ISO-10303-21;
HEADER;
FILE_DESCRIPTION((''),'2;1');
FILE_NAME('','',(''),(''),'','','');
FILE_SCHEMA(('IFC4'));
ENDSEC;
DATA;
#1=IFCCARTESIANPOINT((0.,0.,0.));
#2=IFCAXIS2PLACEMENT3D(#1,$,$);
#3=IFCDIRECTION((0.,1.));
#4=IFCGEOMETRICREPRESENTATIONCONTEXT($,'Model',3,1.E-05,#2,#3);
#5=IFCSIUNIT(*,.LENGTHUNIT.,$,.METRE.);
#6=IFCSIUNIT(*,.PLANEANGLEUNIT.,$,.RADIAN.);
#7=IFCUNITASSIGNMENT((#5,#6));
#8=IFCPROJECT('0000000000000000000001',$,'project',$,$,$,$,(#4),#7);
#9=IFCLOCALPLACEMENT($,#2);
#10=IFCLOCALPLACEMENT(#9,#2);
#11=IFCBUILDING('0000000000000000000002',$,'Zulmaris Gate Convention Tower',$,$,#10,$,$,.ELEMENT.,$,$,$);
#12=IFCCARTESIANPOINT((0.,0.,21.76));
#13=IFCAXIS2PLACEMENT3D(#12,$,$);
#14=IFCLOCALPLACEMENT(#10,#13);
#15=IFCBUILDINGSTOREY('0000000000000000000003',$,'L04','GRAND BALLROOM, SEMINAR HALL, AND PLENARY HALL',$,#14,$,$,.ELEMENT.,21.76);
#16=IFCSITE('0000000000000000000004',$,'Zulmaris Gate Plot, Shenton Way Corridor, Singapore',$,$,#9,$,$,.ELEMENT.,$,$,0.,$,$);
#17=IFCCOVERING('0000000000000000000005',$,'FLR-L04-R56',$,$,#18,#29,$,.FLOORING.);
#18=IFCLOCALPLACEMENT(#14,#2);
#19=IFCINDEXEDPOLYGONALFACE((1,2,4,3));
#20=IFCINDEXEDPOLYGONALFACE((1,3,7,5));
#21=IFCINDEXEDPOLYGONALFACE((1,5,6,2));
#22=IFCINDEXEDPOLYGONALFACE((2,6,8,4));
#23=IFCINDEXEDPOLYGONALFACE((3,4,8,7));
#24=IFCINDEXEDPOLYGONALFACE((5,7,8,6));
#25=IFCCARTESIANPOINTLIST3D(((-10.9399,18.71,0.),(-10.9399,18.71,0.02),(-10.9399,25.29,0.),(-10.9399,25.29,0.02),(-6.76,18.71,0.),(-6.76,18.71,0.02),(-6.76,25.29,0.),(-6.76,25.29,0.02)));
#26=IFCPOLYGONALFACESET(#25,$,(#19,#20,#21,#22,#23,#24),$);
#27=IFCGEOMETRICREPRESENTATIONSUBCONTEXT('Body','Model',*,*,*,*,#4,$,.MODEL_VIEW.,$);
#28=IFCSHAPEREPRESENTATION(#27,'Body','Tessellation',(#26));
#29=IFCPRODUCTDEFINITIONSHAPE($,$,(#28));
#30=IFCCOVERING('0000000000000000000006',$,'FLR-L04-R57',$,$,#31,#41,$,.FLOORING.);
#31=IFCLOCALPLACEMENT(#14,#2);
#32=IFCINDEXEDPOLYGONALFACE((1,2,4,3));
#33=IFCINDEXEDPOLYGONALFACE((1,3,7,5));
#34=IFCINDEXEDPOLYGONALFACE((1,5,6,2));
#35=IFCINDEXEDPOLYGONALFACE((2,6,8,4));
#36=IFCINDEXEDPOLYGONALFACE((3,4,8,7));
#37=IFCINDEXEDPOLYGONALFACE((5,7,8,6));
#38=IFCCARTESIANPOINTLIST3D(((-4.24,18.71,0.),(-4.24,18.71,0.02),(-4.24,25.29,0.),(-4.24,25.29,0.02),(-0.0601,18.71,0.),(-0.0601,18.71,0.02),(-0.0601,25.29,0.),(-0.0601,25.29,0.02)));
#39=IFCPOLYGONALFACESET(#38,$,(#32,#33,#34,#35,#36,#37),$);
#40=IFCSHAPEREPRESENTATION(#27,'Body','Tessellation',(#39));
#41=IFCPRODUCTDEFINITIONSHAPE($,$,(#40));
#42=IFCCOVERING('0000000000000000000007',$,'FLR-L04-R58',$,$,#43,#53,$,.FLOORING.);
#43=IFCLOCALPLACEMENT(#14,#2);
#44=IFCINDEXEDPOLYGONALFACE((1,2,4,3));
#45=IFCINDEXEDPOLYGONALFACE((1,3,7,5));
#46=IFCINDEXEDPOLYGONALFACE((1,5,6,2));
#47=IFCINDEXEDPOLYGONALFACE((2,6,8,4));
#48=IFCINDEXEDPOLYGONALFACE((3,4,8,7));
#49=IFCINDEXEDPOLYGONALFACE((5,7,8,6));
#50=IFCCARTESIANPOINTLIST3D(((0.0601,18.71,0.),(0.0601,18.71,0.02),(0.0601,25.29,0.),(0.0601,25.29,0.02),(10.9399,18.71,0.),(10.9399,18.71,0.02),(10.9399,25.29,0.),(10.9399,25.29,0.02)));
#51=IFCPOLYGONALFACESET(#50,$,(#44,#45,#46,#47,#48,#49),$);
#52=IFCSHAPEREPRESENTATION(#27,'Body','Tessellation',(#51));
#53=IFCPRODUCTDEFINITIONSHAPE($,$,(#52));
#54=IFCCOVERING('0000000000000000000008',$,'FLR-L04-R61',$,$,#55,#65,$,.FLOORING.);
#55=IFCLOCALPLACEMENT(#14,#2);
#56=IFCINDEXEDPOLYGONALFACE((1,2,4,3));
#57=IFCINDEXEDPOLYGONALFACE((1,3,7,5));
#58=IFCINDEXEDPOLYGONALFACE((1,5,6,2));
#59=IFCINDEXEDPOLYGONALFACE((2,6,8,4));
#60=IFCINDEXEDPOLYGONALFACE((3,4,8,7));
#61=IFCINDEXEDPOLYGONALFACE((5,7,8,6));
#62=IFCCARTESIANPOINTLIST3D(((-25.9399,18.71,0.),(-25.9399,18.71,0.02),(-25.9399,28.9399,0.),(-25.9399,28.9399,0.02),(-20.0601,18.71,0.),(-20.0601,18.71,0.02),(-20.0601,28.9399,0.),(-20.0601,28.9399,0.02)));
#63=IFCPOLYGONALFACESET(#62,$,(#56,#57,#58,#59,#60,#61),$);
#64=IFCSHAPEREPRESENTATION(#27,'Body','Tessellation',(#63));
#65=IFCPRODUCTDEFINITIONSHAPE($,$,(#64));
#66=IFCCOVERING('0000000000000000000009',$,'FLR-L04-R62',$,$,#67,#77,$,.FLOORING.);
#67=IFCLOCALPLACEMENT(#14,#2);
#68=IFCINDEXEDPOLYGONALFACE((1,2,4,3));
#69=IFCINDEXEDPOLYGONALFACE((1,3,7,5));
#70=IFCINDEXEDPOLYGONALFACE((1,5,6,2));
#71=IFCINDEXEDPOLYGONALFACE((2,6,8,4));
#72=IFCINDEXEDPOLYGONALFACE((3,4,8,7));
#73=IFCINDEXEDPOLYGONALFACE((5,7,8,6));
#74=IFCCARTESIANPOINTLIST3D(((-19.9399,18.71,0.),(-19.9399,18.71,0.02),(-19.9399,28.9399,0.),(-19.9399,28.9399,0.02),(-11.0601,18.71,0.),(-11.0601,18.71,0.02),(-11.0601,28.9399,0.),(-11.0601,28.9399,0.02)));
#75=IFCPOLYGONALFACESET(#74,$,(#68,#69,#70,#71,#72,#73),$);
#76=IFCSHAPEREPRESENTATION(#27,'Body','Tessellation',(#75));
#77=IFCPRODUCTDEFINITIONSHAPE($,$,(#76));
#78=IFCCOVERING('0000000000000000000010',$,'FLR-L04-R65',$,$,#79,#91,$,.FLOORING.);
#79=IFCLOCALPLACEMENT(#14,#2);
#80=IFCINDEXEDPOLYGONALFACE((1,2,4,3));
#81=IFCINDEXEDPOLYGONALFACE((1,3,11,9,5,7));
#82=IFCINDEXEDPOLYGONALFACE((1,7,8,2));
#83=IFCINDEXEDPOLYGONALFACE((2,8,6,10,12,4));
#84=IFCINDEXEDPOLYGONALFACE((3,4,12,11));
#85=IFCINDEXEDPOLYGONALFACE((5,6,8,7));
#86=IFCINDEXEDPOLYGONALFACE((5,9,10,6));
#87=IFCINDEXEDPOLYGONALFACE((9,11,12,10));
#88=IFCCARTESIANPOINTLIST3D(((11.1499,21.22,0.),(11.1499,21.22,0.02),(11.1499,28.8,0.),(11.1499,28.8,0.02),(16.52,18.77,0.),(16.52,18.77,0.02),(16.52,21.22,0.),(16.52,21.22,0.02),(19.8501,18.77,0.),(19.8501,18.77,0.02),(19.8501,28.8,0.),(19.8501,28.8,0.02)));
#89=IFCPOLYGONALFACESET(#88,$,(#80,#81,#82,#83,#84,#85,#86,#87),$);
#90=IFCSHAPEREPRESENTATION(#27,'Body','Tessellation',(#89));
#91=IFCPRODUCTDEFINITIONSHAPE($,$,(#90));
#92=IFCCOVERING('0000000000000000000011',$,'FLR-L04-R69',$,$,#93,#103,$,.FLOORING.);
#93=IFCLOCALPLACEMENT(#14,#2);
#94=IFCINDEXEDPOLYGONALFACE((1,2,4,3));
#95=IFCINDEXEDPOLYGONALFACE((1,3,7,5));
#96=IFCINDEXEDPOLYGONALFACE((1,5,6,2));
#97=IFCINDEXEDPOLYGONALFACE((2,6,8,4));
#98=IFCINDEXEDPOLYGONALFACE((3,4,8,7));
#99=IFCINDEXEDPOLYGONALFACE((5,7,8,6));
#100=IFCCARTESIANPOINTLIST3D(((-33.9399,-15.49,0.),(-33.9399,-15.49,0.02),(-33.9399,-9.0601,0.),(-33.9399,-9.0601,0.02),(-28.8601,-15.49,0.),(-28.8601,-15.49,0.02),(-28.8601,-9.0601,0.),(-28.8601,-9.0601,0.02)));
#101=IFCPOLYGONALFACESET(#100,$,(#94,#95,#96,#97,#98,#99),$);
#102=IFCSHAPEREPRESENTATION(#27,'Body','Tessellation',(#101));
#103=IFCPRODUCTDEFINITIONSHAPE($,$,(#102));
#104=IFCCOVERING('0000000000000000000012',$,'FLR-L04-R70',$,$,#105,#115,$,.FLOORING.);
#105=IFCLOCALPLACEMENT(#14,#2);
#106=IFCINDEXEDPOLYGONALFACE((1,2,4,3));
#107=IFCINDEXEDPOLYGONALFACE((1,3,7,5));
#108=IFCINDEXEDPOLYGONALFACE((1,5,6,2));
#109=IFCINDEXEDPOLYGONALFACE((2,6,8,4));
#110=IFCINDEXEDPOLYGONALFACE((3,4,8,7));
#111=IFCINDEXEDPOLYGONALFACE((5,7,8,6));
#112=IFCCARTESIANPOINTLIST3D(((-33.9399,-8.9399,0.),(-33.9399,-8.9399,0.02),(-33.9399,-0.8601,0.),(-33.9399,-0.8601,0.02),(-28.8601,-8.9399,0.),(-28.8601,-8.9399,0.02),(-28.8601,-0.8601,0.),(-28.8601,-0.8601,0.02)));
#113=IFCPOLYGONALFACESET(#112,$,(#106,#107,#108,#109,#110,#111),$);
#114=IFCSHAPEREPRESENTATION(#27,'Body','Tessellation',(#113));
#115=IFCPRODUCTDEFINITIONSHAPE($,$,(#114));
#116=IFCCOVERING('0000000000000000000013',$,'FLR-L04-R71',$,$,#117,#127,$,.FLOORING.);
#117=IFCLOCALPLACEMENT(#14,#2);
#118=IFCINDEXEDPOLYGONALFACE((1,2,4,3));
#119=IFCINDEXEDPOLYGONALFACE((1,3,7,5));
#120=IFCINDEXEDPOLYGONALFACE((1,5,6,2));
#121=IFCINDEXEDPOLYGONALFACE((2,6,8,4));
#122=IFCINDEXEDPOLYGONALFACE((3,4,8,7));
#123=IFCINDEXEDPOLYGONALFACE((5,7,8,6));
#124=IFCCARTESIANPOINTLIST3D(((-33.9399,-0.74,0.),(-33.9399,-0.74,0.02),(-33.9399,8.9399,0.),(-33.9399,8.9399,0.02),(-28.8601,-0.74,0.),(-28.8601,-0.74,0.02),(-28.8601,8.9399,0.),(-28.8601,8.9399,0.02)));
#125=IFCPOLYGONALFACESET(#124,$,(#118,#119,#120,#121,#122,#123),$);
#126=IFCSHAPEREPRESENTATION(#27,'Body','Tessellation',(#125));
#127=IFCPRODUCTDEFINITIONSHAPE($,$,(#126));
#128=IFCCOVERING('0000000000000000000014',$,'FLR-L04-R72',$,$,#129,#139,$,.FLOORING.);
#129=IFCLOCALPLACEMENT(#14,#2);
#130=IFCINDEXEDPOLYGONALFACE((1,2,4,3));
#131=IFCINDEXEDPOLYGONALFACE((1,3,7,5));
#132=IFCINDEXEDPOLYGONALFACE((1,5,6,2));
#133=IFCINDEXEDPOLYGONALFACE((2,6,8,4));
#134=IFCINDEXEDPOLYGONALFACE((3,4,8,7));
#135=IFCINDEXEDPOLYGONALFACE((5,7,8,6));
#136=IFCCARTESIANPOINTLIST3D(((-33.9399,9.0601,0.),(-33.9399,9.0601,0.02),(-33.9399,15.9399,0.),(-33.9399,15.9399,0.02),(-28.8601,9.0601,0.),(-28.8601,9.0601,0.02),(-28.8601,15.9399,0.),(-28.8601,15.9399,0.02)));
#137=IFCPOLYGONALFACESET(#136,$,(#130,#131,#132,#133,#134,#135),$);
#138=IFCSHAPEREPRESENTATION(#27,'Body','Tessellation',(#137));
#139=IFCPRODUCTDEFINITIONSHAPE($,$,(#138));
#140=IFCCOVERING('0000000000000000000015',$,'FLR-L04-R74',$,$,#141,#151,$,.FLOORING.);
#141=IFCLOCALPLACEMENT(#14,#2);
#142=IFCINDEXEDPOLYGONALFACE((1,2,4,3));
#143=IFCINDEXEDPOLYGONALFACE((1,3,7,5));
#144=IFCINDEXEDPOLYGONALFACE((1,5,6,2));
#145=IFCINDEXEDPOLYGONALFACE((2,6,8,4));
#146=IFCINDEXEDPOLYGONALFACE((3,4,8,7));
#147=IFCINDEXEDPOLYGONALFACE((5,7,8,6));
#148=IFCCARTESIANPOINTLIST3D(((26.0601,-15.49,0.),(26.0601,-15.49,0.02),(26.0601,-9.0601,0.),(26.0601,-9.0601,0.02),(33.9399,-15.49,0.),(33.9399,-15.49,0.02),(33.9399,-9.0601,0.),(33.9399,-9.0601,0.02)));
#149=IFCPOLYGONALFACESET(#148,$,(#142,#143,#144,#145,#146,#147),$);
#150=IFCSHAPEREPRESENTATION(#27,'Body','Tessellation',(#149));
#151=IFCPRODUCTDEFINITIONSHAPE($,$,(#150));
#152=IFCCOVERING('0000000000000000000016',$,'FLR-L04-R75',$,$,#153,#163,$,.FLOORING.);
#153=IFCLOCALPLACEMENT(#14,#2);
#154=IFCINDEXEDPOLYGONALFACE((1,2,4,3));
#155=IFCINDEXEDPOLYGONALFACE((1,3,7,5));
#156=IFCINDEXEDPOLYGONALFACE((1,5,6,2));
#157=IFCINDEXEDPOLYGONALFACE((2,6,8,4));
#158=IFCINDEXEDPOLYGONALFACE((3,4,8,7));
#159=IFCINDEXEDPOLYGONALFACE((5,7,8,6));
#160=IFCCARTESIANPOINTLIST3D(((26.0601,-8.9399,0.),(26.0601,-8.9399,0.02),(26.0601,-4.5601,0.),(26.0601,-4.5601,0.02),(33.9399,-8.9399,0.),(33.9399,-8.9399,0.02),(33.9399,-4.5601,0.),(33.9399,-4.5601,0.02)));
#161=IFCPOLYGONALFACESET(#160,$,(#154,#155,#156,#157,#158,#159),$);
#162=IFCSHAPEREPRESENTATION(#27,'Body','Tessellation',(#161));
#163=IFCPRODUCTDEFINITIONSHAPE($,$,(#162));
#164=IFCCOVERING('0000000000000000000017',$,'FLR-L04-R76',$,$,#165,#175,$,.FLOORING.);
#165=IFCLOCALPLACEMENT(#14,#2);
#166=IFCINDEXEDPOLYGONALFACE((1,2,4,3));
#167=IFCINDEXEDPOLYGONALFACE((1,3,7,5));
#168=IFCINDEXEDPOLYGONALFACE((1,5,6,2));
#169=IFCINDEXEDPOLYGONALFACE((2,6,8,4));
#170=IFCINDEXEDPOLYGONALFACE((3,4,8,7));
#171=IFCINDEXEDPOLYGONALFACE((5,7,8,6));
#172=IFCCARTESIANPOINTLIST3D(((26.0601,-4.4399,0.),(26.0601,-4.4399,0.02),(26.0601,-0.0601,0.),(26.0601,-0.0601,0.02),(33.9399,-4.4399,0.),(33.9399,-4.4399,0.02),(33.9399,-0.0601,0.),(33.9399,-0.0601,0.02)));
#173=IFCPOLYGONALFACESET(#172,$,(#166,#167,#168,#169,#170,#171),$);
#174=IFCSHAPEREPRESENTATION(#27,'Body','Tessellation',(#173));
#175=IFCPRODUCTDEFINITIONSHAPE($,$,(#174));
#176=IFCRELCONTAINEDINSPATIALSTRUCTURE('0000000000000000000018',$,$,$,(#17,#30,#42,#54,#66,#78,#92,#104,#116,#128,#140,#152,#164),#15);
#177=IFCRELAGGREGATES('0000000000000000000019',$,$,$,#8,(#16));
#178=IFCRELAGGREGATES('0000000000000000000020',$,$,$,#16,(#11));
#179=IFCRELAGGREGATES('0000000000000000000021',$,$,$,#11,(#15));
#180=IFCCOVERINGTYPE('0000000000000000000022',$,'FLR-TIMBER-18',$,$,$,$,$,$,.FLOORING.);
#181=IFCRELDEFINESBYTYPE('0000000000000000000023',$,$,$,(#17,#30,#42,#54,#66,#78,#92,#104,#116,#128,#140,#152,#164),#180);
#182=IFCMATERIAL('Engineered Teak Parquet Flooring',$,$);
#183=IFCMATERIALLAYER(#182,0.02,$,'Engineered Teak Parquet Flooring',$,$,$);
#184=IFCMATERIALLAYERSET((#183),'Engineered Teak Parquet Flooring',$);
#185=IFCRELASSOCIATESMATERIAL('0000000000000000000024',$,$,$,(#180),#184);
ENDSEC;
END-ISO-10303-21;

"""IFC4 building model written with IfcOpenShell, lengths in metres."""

from ifc_helpers import new_model, si_unit, direction, frame, origin, place, context, subcontext, project, spatial, polyline, outline, extrude, material, layer, layer_set, type_object, element, save


model = new_model("IFC4")

# Units and contexts
model_context = context("Model", 3, precision=1e-05, world=origin(), true_north=direction((0.0, 1.0)))
body_context = subcontext(model_context, "Body", "Model", "MODEL_VIEW")
ifc_project = project(units=[si_unit("LENGTHUNIT", "METRE"), si_unit("PLANEANGLEUNIT", "RADIAN")], contexts=[model_context])

# Site, building, storey
site_placement = place(None, origin())
site = spatial("IfcSite", under=ifc_project, at=site_placement, Name="Zulmaris Gate Plot, Shenton Way Corridor, Singapore", CompositionType="ELEMENT", RefElevation=0.0)
building_placement = place(site_placement, origin())
building = spatial("IfcBuilding", under=site, at=building_placement, Name="Zulmaris Gate Convention Tower", CompositionType="ELEMENT")
storey_placement = place(building_placement, frame((0.0, 0.0, 21.76)))
storey = spatial("IfcBuildingStorey", under=building, at=storey_placement, Name="L04", Description="GRAND BALLROOM, SEMINAR HALL, AND PLENARY HALL", CompositionType="ELEMENT", Elevation=21.76)

# Coverings
ifc_material_1 = material(Name="Engineered Teak Parquet Flooring")
ifc_layer_1 = layer(ifc_material_1, 0.02, Name="Engineered Teak Parquet Flooring")
ifc_layer_set_1 = layer_set([ifc_layer_1], Name="Engineered Teak Parquet Flooring")
covering_type_1 = type_object("IfcCoveringType", Name="FLR-TIMBER-18", PredefinedType="FLOORING", material=ifc_layer_set_1)
covering_1_placement = place(storey_placement, origin())
element("IfcCovering", 1, at=covering_1_placement, inside=storey, type_object=covering_type_1, Name="FLR-L04-R56", PredefinedType="FLOORING", context=body_context, shape_type="SweptSolid", body=[
    extrude(outline(polyline([(-10.9399, 18.71), (-6.76, 18.71), (-6.76, 25.29), (-10.9399, 25.29), (-10.9399, 18.71)])), origin(), (0.0, 0.0, 1.0), 0.02),
])
covering_2_placement = place(storey_placement, origin())
element("IfcCovering", 2, at=covering_2_placement, inside=storey, type_object=covering_type_1, Name="FLR-L04-R57", PredefinedType="FLOORING", context=body_context, shape_type="SweptSolid", body=[
    extrude(outline(polyline([(-4.24, 18.71), (-0.0601, 18.71), (-0.0601, 25.29), (-4.24, 25.29), (-4.24, 18.71)])), origin(), (0.0, 0.0, 1.0), 0.02),
])
covering_3_placement = place(storey_placement, origin())
element("IfcCovering", 3, at=covering_3_placement, inside=storey, type_object=covering_type_1, Name="FLR-L04-R58", PredefinedType="FLOORING", context=body_context, shape_type="SweptSolid", body=[
    extrude(outline(polyline([(0.0601, 18.71), (10.9399, 18.71), (10.9399, 25.29), (0.0601, 25.29), (0.0601, 18.71)])), origin(), (0.0, 0.0, 1.0), 0.02),
])
covering_4_placement = place(storey_placement, origin())
element("IfcCovering", 4, at=covering_4_placement, inside=storey, type_object=covering_type_1, Name="FLR-L04-R61", PredefinedType="FLOORING", context=body_context, shape_type="SweptSolid", body=[
    extrude(outline(polyline([(-25.9399, 18.71), (-20.0601, 18.71), (-20.0601, 28.9399), (-25.9399, 28.9399), (-25.9399, 18.71)])), origin(), (0.0, 0.0, 1.0), 0.02),
])
covering_5_placement = place(storey_placement, origin())
element("IfcCovering", 5, at=covering_5_placement, inside=storey, type_object=covering_type_1, Name="FLR-L04-R62", PredefinedType="FLOORING", context=body_context, shape_type="SweptSolid", body=[
    extrude(outline(polyline([(-19.9399, 18.71), (-11.0601, 18.71), (-11.0601, 28.9399), (-19.9399, 28.9399), (-19.9399, 18.71)])), origin(), (0.0, 0.0, 1.0), 0.02),
])
covering_6_placement = place(storey_placement, origin())
element("IfcCovering", 6, at=covering_6_placement, inside=storey, type_object=covering_type_1, Name="FLR-L04-R65", PredefinedType="FLOORING", context=body_context, shape_type="SweptSolid", body=[
    extrude(outline(polyline([(16.52, 18.77), (19.8501, 18.77), (19.8501, 28.8), (11.1499, 28.8), (11.1499, 21.22), (16.52, 21.22), (16.52, 18.77)])), origin(), (0.0, 0.0, 1.0), 0.02),
])
covering_7_placement = place(storey_placement, origin())
element("IfcCovering", 7, at=covering_7_placement, inside=storey, type_object=covering_type_1, Name="FLR-L04-R69", PredefinedType="FLOORING", context=body_context, shape_type="SweptSolid", body=[
    extrude(outline(polyline([(-33.9399, -15.49), (-28.8601, -15.49), (-28.8601, -9.0601), (-33.9399, -9.0601), (-33.9399, -15.49)])), origin(), (0.0, 0.0, 1.0), 0.02),
])
covering_8_placement = place(storey_placement, origin())
element("IfcCovering", 8, at=covering_8_placement, inside=storey, type_object=covering_type_1, Name="FLR-L04-R70", PredefinedType="FLOORING", context=body_context, shape_type="SweptSolid", body=[
    extrude(outline(polyline([(-33.9399, -8.9399), (-28.8601, -8.9399), (-28.8601, -0.8601), (-33.9399, -0.8601), (-33.9399, -8.9399)])), origin(), (0.0, 0.0, 1.0), 0.02),
])
covering_9_placement = place(storey_placement, origin())
element("IfcCovering", 9, at=covering_9_placement, inside=storey, type_object=covering_type_1, Name="FLR-L04-R71", PredefinedType="FLOORING", context=body_context, shape_type="SweptSolid", body=[
    extrude(outline(polyline([(-33.9399, -0.74), (-28.8601, -0.74), (-28.8601, 8.9399), (-33.9399, 8.9399), (-33.9399, -0.74)])), origin(), (0.0, 0.0, 1.0), 0.02),
])
covering_10_placement = place(storey_placement, origin())
element("IfcCovering", 10, at=covering_10_placement, inside=storey, type_object=covering_type_1, Name="FLR-L04-R72", PredefinedType="FLOORING", context=body_context, shape_type="SweptSolid", body=[
    extrude(outline(polyline([(-33.9399, 9.0601), (-28.8601, 9.0601), (-28.8601, 15.9399), (-33.9399, 15.9399), (-33.9399, 9.0601)])), origin(), (0.0, 0.0, 1.0), 0.02),
])
covering_11_placement = place(storey_placement, origin())
element("IfcCovering", 11, at=covering_11_placement, inside=storey, type_object=covering_type_1, Name="FLR-L04-R74", PredefinedType="FLOORING", context=body_context, shape_type="SweptSolid", body=[
    extrude(outline(polyline([(26.0601, -15.49), (33.9399, -15.49), (33.9399, -9.0601), (26.0601, -9.0601), (26.0601, -15.49)])), origin(), (0.0, 0.0, 1.0), 0.02),
])
covering_12_placement = place(storey_placement, origin())
element("IfcCovering", 12, at=covering_12_placement, inside=storey, type_object=covering_type_1, Name="FLR-L04-R75", PredefinedType="FLOORING", context=body_context, shape_type="SweptSolid", body=[
    extrude(outline(polyline([(26.0601, -8.9399), (33.9399, -8.9399), (33.9399, -4.5601), (26.0601, -4.5601), (26.0601, -8.9399)])), origin(), (0.0, 0.0, 1.0), 0.02),
])
covering_13_placement = place(storey_placement, origin())
element("IfcCovering", 13, at=covering_13_placement, inside=storey, type_object=covering_type_1, Name="FLR-L04-R76", PredefinedType="FLOORING", context=body_context, shape_type="SweptSolid", body=[
    extrude(outline(polyline([(26.0601, -4.4399), (33.9399, -4.4399), (33.9399, -0.0601), (26.0601, -0.0601), (26.0601, -4.4399)])), origin(), (0.0, 0.0, 1.0), 0.02),
])

save(model, "model.ifc")
